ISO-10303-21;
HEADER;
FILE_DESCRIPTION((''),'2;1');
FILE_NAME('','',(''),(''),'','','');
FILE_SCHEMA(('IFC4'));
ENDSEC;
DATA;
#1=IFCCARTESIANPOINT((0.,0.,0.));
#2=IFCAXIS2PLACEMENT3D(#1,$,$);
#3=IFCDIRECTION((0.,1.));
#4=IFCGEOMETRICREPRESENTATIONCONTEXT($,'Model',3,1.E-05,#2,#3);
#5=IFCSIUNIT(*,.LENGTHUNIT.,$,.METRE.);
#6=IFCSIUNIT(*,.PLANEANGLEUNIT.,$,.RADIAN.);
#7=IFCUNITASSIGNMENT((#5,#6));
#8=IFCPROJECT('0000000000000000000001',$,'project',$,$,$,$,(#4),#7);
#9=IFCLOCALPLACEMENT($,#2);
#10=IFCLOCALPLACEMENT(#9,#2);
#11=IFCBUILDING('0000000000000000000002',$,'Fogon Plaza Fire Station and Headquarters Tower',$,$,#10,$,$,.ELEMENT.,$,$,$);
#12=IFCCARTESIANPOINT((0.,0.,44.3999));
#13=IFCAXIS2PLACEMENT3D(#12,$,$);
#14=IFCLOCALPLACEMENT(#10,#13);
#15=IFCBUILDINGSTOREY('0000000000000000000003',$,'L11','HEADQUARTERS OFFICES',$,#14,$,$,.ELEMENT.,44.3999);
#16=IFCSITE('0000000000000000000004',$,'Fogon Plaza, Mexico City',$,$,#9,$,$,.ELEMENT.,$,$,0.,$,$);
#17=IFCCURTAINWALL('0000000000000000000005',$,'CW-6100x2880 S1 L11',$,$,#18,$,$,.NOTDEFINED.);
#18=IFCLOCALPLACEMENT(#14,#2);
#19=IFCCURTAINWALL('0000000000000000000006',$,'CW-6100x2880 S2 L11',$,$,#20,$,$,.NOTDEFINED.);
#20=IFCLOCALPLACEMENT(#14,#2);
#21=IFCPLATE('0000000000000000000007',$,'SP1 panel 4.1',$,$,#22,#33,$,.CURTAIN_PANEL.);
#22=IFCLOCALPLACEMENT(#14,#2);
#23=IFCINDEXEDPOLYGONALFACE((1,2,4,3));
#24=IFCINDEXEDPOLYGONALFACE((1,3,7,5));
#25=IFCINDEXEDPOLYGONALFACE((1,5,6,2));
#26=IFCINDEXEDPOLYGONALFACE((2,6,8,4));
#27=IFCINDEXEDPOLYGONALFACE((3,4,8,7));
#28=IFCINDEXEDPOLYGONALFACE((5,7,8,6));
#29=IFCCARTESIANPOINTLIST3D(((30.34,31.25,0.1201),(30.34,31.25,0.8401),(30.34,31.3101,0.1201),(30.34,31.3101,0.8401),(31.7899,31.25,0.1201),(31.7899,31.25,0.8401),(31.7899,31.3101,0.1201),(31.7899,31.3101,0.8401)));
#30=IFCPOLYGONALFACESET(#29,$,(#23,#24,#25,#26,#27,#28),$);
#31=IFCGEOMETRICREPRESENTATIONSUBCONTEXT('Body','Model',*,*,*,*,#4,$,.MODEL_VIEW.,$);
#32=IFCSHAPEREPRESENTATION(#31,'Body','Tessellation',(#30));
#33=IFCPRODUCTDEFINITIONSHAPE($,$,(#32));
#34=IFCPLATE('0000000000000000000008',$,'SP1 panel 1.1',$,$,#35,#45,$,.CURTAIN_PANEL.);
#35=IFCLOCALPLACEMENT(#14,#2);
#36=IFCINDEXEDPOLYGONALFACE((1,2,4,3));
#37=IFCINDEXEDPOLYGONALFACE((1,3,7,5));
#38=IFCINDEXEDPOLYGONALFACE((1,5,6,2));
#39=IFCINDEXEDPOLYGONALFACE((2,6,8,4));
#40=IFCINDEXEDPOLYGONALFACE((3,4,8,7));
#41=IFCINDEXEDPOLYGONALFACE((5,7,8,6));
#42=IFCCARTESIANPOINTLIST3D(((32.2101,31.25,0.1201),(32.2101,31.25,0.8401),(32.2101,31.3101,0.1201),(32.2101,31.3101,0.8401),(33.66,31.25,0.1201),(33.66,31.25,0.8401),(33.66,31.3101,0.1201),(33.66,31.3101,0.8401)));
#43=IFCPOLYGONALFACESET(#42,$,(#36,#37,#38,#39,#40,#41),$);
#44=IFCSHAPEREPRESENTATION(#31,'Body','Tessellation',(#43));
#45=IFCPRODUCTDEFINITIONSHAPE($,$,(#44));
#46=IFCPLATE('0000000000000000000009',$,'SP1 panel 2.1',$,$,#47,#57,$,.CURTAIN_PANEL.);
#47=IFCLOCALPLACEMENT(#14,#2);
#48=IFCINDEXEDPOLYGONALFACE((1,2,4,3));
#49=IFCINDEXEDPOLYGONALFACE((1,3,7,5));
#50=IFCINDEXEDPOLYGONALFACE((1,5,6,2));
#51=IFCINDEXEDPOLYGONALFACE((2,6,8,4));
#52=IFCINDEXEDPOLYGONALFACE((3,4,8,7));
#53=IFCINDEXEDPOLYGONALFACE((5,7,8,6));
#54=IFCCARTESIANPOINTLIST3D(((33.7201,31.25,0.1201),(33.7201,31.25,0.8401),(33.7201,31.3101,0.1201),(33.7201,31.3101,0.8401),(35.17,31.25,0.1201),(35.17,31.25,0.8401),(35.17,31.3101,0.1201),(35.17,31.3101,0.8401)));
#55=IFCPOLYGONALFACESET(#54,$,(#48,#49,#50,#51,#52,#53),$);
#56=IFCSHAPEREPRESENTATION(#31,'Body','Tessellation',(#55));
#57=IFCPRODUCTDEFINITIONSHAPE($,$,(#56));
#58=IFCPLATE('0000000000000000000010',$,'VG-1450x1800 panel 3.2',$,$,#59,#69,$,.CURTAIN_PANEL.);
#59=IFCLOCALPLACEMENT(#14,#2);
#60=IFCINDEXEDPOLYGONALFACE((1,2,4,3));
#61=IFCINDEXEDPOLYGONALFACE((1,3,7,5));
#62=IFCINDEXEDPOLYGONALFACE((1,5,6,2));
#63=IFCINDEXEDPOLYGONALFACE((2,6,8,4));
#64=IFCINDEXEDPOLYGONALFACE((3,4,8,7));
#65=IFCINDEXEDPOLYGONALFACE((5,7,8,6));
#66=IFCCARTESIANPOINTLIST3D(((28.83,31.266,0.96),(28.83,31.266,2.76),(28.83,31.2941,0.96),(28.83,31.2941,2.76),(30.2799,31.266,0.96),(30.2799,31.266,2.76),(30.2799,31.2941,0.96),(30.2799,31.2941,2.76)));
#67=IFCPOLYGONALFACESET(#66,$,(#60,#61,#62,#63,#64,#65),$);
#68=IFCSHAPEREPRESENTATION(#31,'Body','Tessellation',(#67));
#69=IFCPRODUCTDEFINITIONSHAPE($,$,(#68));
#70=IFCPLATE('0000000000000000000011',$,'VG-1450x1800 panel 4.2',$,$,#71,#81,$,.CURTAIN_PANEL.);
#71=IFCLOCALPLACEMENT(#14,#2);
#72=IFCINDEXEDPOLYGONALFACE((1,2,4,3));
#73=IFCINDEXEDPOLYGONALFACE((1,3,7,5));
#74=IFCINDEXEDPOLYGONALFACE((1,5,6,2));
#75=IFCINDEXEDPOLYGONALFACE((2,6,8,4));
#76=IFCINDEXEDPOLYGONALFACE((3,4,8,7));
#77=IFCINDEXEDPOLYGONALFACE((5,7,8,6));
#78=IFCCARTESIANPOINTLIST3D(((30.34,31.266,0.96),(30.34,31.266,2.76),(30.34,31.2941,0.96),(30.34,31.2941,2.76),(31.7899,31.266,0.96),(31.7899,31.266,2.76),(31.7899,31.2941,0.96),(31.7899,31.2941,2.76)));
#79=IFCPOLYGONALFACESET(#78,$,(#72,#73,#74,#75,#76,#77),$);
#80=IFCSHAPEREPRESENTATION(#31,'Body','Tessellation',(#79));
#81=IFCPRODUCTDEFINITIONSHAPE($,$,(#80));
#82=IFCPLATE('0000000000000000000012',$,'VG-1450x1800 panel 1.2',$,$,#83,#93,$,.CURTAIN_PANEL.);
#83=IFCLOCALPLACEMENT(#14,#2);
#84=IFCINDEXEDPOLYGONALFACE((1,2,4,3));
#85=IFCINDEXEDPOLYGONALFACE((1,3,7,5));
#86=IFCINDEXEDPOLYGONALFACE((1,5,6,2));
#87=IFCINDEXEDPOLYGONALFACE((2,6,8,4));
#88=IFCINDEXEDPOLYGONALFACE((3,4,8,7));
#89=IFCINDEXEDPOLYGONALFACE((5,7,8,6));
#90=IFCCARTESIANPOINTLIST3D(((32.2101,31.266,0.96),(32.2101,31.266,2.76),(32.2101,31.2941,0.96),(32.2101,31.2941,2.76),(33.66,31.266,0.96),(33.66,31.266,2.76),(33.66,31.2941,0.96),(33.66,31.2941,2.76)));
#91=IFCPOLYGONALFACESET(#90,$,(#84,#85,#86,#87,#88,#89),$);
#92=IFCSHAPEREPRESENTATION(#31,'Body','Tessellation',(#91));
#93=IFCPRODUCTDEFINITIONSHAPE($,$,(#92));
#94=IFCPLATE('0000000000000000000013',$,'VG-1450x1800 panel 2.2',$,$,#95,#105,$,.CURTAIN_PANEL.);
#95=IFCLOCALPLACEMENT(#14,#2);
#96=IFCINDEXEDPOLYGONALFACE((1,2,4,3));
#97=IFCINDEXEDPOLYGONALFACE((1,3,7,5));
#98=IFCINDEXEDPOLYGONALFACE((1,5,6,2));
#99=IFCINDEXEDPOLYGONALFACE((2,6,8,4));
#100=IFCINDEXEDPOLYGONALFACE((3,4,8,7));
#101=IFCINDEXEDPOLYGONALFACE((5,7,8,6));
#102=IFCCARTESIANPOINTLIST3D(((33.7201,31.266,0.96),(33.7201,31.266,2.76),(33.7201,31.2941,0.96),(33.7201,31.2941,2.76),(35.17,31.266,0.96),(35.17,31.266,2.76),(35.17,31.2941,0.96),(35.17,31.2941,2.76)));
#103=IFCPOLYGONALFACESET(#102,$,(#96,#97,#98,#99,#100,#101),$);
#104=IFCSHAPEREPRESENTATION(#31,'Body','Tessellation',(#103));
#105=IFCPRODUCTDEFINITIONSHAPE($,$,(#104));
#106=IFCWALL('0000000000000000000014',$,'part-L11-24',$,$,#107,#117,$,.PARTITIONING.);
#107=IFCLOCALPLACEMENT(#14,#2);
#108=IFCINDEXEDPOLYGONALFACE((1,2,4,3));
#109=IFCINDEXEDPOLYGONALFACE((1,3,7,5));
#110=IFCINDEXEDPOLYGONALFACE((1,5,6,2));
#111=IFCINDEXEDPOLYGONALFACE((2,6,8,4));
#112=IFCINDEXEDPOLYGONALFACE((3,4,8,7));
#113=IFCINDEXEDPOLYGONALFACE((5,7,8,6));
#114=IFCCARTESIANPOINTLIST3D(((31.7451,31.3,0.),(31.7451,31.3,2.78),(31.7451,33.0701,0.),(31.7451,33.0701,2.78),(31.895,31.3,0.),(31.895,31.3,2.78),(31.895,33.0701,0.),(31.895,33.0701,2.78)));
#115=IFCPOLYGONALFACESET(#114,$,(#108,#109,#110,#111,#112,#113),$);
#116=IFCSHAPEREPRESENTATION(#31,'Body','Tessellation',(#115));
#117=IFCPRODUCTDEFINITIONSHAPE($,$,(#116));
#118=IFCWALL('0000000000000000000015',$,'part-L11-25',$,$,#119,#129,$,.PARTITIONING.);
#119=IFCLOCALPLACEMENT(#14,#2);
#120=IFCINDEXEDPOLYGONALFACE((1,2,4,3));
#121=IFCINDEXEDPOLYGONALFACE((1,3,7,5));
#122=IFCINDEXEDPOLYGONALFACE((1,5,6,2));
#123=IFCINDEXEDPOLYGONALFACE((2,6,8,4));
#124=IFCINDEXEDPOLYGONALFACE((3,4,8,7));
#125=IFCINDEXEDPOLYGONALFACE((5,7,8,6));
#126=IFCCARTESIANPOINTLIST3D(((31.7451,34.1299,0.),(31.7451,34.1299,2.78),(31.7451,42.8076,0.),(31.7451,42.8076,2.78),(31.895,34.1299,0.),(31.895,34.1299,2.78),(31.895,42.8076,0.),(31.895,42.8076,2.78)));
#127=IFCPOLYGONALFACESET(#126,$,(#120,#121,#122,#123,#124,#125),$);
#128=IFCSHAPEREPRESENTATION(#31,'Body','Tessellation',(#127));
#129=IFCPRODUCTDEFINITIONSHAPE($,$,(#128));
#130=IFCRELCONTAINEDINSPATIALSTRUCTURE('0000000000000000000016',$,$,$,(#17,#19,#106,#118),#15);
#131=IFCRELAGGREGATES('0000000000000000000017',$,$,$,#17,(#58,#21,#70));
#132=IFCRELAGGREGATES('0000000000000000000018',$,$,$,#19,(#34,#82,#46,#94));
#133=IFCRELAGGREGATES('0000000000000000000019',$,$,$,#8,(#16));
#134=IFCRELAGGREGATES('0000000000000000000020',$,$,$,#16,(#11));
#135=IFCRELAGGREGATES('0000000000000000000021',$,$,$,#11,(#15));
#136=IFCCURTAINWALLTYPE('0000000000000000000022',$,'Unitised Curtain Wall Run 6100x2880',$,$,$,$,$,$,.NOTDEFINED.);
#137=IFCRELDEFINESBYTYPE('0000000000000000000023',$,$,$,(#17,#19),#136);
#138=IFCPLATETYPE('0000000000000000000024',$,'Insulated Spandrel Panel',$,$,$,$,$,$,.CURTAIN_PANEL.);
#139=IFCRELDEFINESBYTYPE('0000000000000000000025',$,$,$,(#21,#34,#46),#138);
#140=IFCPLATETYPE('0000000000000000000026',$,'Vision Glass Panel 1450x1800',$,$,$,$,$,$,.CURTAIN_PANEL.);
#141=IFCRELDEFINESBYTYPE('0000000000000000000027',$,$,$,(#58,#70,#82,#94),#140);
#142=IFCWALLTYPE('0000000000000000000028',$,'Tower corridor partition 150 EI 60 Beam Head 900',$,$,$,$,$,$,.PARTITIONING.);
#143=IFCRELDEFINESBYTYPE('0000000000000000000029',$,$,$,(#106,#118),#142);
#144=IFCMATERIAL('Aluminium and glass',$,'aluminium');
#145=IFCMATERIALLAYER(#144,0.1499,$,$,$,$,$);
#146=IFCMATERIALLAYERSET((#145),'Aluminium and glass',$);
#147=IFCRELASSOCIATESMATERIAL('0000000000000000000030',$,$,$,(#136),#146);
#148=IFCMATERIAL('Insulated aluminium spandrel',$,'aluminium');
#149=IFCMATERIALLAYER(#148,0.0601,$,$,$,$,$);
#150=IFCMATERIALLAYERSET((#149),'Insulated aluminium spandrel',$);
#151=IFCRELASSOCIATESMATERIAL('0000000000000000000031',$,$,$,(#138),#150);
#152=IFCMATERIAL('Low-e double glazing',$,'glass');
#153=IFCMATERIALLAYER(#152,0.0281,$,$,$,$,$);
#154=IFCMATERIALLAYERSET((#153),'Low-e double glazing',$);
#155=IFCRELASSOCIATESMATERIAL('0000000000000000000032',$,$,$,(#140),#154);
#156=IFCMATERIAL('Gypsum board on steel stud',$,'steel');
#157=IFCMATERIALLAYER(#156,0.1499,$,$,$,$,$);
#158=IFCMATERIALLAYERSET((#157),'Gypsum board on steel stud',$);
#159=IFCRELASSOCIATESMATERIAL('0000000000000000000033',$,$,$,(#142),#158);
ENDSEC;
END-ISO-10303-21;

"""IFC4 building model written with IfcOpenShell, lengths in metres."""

from ifc_helpers import new_model, si_unit, direction, frame, frame_2d, origin, origin_2d, place, context, subcontext, project, spatial, rectangle, extrude, material, layer, layer_set, type_object, element, aggregate, save


model = new_model("IFC4")

# Units and contexts
model_context = context("Model", 3, precision=1e-05, world=origin(), true_north=direction((0.0, 1.0)))
body_context = subcontext(model_context, "Body", "Model", "MODEL_VIEW")
ifc_project = project(units=[si_unit("LENGTHUNIT", "METRE"), si_unit("PLANEANGLEUNIT", "RADIAN")], contexts=[model_context])

# Site, building, storey
site_placement = place(None, origin())
site = spatial("IfcSite", under=ifc_project, at=site_placement, Name="Fogon Plaza, Mexico City", CompositionType="ELEMENT", RefElevation=0.0)
building_placement = place(site_placement, origin())
building = spatial("IfcBuilding", under=site, at=building_placement, Name="Fogon Plaza Fire Station and Headquarters Tower", CompositionType="ELEMENT")
storey_placement = place(building_placement, frame((0.0, 0.0, 44.3999)))
storey = spatial("IfcBuildingStorey", under=building, at=storey_placement, Name="L11", Description="HEADQUARTERS OFFICES", CompositionType="ELEMENT", Elevation=44.3999)

# Curtain walls
ifc_material_1 = material(Name="Aluminium and glass", Category="aluminium")
ifc_layer_1 = layer(ifc_material_1, 0.1499)
ifc_layer_set_1 = layer_set([ifc_layer_1], Name="Aluminium and glass")
curtain_wall_type = type_object("IfcCurtainWallType", Name="Unitised Curtain Wall Run 6100x2880", PredefinedType="NOTDEFINED", material=ifc_layer_set_1)
curtain_wall_1_placement = place(storey_placement, origin())
curtain_wall_1 = element("IfcCurtainWall", 1, at=curtain_wall_1_placement, inside=storey, type_object=curtain_wall_type, Name="CW-6100x2880 S1 L11", PredefinedType="NOTDEFINED")
curtain_wall_2_placement = place(storey_placement, origin())
curtain_wall_2 = element("IfcCurtainWall", 2, at=curtain_wall_2_placement, inside=storey, type_object=curtain_wall_type, Name="CW-6100x2880 S2 L11", PredefinedType="NOTDEFINED")

# Plates
ifc_material_2 = material(Name="Insulated aluminium spandrel", Category="aluminium")
ifc_layer_2 = layer(ifc_material_2, 0.0601)
ifc_layer_set_2 = layer_set([ifc_layer_2], Name="Insulated aluminium spandrel")
plate_type_1 = type_object("IfcPlateType", Name="Insulated Spandrel Panel", PredefinedType="CURTAIN_PANEL", material=ifc_layer_set_2)
plate_1_placement = place(storey_placement, frame((31.0649, 31.28, 0.1201), z_axis=(0.0, 0.0, 1.0), x_axis=(1.0, 0.0, 0.0)))
plate_1 = element("IfcPlate", 3, at=plate_1_placement, type_object=plate_type_1, Name="SP1 panel 4.1", PredefinedType="CURTAIN_PANEL", context=body_context, shape_type="SweptSolid", body=[
    extrude(rectangle(XDim=1.45, YDim=0.0601, at=origin_2d()), origin(), (0.0, 0.0, 1.0), 0.72),
])
plate_2_placement = place(storey_placement, frame((32.9351, 31.28, 0.1201), z_axis=(0.0, 0.0, 1.0), x_axis=(1.0, 0.0, 0.0)))
plate_2 = element("IfcPlate", 4, at=plate_2_placement, type_object=plate_type_1, Name="SP1 panel 1.1", PredefinedType="CURTAIN_PANEL", context=body_context, shape_type="SweptSolid", body=[
    extrude(rectangle(XDim=1.45, YDim=0.0601, at=origin_2d()), origin(), (0.0, 0.0, 1.0), 0.72),
])
plate_3_placement = place(storey_placement, frame((34.4451, 31.28, 0.1201), z_axis=(0.0, 0.0, 1.0), x_axis=(1.0, 0.0, 0.0)))
plate_3 = element("IfcPlate", 5, at=plate_3_placement, type_object=plate_type_1, Name="SP1 panel 2.1", PredefinedType="CURTAIN_PANEL", context=body_context, shape_type="SweptSolid", body=[
    extrude(rectangle(XDim=1.45, YDim=0.0601, at=origin_2d()), origin(), (0.0, 0.0, 1.0), 0.72),
])
ifc_material_3 = material(Name="Low-e double glazing", Category="glass")
ifc_layer_3 = layer(ifc_material_3, 0.0281)
ifc_layer_set_3 = layer_set([ifc_layer_3], Name="Low-e double glazing")
plate_type_2 = type_object("IfcPlateType", Name="Vision Glass Panel 1450x1800", PredefinedType="CURTAIN_PANEL", material=ifc_layer_set_3)
plate_4_placement = place(storey_placement, frame((29.5549, 31.28, 0.96), z_axis=(0.0, 0.0, 1.0), x_axis=(1.0, 0.0, 0.0)))
plate_4 = element("IfcPlate", 6, at=plate_4_placement, type_object=plate_type_2, Name="VG-1450x1800 panel 3.2", PredefinedType="CURTAIN_PANEL", context=body_context, shape_type="SweptSolid", body=[
    extrude(rectangle(XDim=1.45, YDim=0.0281, at=origin_2d()), origin(), (0.0, 0.0, 1.0), 1.8),
])
plate_5_placement = place(storey_placement, frame((31.0649, 31.28, 0.96), z_axis=(0.0, 0.0, 1.0), x_axis=(1.0, 0.0, 0.0)))
plate_5 = element("IfcPlate", 7, at=plate_5_placement, type_object=plate_type_2, Name="VG-1450x1800 panel 4.2", PredefinedType="CURTAIN_PANEL", context=body_context, shape_type="SweptSolid", body=[
    extrude(rectangle(XDim=1.45, YDim=0.0281, at=origin_2d()), origin(), (0.0, 0.0, 1.0), 1.8),
])
aggregate(curtain_wall_1, [plate_4, plate_1, plate_5])
plate_6_placement = place(storey_placement, frame((32.9351, 31.28, 0.96), z_axis=(0.0, 0.0, 1.0), x_axis=(1.0, 0.0, 0.0)))
plate_6 = element("IfcPlate", 8, at=plate_6_placement, type_object=plate_type_2, Name="VG-1450x1800 panel 1.2", PredefinedType="CURTAIN_PANEL", context=body_context, shape_type="SweptSolid", body=[
    extrude(rectangle(XDim=1.45, YDim=0.0281, at=origin_2d()), origin(), (0.0, 0.0, 1.0), 1.8),
])
plate_7_placement = place(storey_placement, frame((34.4451, 31.28, 0.96), z_axis=(0.0, 0.0, 1.0), x_axis=(1.0, 0.0, 0.0)))
plate_7 = element("IfcPlate", 9, at=plate_7_placement, type_object=plate_type_2, Name="VG-1450x1800 panel 2.2", PredefinedType="CURTAIN_PANEL", context=body_context, shape_type="SweptSolid", body=[
    extrude(rectangle(XDim=1.45, YDim=0.0281, at=origin_2d()), origin(), (0.0, 0.0, 1.0), 1.8),
])
aggregate(curtain_wall_2, [plate_2, plate_6, plate_3, plate_7])

# Walls
ifc_material_4 = material(Name="Gypsum board on steel stud", Category="steel")
ifc_layer_4 = layer(ifc_material_4, 0.1499)
ifc_layer_set_4 = layer_set([ifc_layer_4], Name="Gypsum board on steel stud")
wall_type = type_object("IfcWallType", Name="Tower corridor partition 150 EI 60 Beam Head 900", PredefinedType="PARTITIONING", material=ifc_layer_set_4)
wall_1_placement = place(storey_placement, frame((31.8201, 31.3, 0.0), z_axis=(0.0, 0.0, 1.0), x_axis=(0.0, 1.0, 0.0)))
element("IfcWall", 10, at=wall_1_placement, inside=storey, type_object=wall_type, Name="part-L11-24", PredefinedType="PARTITIONING", context=body_context, shape_type="SweptSolid", body=[
    extrude(rectangle(XDim=1.77, YDim=0.1499, at=frame_2d((0.885, 0.0))), origin(), (0.0, 0.0, 1.0), 2.78),
])
wall_2_placement = place(storey_placement, frame((31.8201, 34.1299, 0.0), z_axis=(0.0, 0.0, 1.0), x_axis=(0.0, 1.0, 0.0)))
element("IfcWall", 11, at=wall_2_placement, inside=storey, type_object=wall_type, Name="part-L11-25", PredefinedType="PARTITIONING", context=body_context, shape_type="SweptSolid", body=[
    extrude(rectangle(XDim=8.6777, YDim=0.1499, at=frame_2d((4.3389, 0.0))), origin(), (0.0, 0.0, 1.0), 2.78),
])

save(model, "model.ifc")
